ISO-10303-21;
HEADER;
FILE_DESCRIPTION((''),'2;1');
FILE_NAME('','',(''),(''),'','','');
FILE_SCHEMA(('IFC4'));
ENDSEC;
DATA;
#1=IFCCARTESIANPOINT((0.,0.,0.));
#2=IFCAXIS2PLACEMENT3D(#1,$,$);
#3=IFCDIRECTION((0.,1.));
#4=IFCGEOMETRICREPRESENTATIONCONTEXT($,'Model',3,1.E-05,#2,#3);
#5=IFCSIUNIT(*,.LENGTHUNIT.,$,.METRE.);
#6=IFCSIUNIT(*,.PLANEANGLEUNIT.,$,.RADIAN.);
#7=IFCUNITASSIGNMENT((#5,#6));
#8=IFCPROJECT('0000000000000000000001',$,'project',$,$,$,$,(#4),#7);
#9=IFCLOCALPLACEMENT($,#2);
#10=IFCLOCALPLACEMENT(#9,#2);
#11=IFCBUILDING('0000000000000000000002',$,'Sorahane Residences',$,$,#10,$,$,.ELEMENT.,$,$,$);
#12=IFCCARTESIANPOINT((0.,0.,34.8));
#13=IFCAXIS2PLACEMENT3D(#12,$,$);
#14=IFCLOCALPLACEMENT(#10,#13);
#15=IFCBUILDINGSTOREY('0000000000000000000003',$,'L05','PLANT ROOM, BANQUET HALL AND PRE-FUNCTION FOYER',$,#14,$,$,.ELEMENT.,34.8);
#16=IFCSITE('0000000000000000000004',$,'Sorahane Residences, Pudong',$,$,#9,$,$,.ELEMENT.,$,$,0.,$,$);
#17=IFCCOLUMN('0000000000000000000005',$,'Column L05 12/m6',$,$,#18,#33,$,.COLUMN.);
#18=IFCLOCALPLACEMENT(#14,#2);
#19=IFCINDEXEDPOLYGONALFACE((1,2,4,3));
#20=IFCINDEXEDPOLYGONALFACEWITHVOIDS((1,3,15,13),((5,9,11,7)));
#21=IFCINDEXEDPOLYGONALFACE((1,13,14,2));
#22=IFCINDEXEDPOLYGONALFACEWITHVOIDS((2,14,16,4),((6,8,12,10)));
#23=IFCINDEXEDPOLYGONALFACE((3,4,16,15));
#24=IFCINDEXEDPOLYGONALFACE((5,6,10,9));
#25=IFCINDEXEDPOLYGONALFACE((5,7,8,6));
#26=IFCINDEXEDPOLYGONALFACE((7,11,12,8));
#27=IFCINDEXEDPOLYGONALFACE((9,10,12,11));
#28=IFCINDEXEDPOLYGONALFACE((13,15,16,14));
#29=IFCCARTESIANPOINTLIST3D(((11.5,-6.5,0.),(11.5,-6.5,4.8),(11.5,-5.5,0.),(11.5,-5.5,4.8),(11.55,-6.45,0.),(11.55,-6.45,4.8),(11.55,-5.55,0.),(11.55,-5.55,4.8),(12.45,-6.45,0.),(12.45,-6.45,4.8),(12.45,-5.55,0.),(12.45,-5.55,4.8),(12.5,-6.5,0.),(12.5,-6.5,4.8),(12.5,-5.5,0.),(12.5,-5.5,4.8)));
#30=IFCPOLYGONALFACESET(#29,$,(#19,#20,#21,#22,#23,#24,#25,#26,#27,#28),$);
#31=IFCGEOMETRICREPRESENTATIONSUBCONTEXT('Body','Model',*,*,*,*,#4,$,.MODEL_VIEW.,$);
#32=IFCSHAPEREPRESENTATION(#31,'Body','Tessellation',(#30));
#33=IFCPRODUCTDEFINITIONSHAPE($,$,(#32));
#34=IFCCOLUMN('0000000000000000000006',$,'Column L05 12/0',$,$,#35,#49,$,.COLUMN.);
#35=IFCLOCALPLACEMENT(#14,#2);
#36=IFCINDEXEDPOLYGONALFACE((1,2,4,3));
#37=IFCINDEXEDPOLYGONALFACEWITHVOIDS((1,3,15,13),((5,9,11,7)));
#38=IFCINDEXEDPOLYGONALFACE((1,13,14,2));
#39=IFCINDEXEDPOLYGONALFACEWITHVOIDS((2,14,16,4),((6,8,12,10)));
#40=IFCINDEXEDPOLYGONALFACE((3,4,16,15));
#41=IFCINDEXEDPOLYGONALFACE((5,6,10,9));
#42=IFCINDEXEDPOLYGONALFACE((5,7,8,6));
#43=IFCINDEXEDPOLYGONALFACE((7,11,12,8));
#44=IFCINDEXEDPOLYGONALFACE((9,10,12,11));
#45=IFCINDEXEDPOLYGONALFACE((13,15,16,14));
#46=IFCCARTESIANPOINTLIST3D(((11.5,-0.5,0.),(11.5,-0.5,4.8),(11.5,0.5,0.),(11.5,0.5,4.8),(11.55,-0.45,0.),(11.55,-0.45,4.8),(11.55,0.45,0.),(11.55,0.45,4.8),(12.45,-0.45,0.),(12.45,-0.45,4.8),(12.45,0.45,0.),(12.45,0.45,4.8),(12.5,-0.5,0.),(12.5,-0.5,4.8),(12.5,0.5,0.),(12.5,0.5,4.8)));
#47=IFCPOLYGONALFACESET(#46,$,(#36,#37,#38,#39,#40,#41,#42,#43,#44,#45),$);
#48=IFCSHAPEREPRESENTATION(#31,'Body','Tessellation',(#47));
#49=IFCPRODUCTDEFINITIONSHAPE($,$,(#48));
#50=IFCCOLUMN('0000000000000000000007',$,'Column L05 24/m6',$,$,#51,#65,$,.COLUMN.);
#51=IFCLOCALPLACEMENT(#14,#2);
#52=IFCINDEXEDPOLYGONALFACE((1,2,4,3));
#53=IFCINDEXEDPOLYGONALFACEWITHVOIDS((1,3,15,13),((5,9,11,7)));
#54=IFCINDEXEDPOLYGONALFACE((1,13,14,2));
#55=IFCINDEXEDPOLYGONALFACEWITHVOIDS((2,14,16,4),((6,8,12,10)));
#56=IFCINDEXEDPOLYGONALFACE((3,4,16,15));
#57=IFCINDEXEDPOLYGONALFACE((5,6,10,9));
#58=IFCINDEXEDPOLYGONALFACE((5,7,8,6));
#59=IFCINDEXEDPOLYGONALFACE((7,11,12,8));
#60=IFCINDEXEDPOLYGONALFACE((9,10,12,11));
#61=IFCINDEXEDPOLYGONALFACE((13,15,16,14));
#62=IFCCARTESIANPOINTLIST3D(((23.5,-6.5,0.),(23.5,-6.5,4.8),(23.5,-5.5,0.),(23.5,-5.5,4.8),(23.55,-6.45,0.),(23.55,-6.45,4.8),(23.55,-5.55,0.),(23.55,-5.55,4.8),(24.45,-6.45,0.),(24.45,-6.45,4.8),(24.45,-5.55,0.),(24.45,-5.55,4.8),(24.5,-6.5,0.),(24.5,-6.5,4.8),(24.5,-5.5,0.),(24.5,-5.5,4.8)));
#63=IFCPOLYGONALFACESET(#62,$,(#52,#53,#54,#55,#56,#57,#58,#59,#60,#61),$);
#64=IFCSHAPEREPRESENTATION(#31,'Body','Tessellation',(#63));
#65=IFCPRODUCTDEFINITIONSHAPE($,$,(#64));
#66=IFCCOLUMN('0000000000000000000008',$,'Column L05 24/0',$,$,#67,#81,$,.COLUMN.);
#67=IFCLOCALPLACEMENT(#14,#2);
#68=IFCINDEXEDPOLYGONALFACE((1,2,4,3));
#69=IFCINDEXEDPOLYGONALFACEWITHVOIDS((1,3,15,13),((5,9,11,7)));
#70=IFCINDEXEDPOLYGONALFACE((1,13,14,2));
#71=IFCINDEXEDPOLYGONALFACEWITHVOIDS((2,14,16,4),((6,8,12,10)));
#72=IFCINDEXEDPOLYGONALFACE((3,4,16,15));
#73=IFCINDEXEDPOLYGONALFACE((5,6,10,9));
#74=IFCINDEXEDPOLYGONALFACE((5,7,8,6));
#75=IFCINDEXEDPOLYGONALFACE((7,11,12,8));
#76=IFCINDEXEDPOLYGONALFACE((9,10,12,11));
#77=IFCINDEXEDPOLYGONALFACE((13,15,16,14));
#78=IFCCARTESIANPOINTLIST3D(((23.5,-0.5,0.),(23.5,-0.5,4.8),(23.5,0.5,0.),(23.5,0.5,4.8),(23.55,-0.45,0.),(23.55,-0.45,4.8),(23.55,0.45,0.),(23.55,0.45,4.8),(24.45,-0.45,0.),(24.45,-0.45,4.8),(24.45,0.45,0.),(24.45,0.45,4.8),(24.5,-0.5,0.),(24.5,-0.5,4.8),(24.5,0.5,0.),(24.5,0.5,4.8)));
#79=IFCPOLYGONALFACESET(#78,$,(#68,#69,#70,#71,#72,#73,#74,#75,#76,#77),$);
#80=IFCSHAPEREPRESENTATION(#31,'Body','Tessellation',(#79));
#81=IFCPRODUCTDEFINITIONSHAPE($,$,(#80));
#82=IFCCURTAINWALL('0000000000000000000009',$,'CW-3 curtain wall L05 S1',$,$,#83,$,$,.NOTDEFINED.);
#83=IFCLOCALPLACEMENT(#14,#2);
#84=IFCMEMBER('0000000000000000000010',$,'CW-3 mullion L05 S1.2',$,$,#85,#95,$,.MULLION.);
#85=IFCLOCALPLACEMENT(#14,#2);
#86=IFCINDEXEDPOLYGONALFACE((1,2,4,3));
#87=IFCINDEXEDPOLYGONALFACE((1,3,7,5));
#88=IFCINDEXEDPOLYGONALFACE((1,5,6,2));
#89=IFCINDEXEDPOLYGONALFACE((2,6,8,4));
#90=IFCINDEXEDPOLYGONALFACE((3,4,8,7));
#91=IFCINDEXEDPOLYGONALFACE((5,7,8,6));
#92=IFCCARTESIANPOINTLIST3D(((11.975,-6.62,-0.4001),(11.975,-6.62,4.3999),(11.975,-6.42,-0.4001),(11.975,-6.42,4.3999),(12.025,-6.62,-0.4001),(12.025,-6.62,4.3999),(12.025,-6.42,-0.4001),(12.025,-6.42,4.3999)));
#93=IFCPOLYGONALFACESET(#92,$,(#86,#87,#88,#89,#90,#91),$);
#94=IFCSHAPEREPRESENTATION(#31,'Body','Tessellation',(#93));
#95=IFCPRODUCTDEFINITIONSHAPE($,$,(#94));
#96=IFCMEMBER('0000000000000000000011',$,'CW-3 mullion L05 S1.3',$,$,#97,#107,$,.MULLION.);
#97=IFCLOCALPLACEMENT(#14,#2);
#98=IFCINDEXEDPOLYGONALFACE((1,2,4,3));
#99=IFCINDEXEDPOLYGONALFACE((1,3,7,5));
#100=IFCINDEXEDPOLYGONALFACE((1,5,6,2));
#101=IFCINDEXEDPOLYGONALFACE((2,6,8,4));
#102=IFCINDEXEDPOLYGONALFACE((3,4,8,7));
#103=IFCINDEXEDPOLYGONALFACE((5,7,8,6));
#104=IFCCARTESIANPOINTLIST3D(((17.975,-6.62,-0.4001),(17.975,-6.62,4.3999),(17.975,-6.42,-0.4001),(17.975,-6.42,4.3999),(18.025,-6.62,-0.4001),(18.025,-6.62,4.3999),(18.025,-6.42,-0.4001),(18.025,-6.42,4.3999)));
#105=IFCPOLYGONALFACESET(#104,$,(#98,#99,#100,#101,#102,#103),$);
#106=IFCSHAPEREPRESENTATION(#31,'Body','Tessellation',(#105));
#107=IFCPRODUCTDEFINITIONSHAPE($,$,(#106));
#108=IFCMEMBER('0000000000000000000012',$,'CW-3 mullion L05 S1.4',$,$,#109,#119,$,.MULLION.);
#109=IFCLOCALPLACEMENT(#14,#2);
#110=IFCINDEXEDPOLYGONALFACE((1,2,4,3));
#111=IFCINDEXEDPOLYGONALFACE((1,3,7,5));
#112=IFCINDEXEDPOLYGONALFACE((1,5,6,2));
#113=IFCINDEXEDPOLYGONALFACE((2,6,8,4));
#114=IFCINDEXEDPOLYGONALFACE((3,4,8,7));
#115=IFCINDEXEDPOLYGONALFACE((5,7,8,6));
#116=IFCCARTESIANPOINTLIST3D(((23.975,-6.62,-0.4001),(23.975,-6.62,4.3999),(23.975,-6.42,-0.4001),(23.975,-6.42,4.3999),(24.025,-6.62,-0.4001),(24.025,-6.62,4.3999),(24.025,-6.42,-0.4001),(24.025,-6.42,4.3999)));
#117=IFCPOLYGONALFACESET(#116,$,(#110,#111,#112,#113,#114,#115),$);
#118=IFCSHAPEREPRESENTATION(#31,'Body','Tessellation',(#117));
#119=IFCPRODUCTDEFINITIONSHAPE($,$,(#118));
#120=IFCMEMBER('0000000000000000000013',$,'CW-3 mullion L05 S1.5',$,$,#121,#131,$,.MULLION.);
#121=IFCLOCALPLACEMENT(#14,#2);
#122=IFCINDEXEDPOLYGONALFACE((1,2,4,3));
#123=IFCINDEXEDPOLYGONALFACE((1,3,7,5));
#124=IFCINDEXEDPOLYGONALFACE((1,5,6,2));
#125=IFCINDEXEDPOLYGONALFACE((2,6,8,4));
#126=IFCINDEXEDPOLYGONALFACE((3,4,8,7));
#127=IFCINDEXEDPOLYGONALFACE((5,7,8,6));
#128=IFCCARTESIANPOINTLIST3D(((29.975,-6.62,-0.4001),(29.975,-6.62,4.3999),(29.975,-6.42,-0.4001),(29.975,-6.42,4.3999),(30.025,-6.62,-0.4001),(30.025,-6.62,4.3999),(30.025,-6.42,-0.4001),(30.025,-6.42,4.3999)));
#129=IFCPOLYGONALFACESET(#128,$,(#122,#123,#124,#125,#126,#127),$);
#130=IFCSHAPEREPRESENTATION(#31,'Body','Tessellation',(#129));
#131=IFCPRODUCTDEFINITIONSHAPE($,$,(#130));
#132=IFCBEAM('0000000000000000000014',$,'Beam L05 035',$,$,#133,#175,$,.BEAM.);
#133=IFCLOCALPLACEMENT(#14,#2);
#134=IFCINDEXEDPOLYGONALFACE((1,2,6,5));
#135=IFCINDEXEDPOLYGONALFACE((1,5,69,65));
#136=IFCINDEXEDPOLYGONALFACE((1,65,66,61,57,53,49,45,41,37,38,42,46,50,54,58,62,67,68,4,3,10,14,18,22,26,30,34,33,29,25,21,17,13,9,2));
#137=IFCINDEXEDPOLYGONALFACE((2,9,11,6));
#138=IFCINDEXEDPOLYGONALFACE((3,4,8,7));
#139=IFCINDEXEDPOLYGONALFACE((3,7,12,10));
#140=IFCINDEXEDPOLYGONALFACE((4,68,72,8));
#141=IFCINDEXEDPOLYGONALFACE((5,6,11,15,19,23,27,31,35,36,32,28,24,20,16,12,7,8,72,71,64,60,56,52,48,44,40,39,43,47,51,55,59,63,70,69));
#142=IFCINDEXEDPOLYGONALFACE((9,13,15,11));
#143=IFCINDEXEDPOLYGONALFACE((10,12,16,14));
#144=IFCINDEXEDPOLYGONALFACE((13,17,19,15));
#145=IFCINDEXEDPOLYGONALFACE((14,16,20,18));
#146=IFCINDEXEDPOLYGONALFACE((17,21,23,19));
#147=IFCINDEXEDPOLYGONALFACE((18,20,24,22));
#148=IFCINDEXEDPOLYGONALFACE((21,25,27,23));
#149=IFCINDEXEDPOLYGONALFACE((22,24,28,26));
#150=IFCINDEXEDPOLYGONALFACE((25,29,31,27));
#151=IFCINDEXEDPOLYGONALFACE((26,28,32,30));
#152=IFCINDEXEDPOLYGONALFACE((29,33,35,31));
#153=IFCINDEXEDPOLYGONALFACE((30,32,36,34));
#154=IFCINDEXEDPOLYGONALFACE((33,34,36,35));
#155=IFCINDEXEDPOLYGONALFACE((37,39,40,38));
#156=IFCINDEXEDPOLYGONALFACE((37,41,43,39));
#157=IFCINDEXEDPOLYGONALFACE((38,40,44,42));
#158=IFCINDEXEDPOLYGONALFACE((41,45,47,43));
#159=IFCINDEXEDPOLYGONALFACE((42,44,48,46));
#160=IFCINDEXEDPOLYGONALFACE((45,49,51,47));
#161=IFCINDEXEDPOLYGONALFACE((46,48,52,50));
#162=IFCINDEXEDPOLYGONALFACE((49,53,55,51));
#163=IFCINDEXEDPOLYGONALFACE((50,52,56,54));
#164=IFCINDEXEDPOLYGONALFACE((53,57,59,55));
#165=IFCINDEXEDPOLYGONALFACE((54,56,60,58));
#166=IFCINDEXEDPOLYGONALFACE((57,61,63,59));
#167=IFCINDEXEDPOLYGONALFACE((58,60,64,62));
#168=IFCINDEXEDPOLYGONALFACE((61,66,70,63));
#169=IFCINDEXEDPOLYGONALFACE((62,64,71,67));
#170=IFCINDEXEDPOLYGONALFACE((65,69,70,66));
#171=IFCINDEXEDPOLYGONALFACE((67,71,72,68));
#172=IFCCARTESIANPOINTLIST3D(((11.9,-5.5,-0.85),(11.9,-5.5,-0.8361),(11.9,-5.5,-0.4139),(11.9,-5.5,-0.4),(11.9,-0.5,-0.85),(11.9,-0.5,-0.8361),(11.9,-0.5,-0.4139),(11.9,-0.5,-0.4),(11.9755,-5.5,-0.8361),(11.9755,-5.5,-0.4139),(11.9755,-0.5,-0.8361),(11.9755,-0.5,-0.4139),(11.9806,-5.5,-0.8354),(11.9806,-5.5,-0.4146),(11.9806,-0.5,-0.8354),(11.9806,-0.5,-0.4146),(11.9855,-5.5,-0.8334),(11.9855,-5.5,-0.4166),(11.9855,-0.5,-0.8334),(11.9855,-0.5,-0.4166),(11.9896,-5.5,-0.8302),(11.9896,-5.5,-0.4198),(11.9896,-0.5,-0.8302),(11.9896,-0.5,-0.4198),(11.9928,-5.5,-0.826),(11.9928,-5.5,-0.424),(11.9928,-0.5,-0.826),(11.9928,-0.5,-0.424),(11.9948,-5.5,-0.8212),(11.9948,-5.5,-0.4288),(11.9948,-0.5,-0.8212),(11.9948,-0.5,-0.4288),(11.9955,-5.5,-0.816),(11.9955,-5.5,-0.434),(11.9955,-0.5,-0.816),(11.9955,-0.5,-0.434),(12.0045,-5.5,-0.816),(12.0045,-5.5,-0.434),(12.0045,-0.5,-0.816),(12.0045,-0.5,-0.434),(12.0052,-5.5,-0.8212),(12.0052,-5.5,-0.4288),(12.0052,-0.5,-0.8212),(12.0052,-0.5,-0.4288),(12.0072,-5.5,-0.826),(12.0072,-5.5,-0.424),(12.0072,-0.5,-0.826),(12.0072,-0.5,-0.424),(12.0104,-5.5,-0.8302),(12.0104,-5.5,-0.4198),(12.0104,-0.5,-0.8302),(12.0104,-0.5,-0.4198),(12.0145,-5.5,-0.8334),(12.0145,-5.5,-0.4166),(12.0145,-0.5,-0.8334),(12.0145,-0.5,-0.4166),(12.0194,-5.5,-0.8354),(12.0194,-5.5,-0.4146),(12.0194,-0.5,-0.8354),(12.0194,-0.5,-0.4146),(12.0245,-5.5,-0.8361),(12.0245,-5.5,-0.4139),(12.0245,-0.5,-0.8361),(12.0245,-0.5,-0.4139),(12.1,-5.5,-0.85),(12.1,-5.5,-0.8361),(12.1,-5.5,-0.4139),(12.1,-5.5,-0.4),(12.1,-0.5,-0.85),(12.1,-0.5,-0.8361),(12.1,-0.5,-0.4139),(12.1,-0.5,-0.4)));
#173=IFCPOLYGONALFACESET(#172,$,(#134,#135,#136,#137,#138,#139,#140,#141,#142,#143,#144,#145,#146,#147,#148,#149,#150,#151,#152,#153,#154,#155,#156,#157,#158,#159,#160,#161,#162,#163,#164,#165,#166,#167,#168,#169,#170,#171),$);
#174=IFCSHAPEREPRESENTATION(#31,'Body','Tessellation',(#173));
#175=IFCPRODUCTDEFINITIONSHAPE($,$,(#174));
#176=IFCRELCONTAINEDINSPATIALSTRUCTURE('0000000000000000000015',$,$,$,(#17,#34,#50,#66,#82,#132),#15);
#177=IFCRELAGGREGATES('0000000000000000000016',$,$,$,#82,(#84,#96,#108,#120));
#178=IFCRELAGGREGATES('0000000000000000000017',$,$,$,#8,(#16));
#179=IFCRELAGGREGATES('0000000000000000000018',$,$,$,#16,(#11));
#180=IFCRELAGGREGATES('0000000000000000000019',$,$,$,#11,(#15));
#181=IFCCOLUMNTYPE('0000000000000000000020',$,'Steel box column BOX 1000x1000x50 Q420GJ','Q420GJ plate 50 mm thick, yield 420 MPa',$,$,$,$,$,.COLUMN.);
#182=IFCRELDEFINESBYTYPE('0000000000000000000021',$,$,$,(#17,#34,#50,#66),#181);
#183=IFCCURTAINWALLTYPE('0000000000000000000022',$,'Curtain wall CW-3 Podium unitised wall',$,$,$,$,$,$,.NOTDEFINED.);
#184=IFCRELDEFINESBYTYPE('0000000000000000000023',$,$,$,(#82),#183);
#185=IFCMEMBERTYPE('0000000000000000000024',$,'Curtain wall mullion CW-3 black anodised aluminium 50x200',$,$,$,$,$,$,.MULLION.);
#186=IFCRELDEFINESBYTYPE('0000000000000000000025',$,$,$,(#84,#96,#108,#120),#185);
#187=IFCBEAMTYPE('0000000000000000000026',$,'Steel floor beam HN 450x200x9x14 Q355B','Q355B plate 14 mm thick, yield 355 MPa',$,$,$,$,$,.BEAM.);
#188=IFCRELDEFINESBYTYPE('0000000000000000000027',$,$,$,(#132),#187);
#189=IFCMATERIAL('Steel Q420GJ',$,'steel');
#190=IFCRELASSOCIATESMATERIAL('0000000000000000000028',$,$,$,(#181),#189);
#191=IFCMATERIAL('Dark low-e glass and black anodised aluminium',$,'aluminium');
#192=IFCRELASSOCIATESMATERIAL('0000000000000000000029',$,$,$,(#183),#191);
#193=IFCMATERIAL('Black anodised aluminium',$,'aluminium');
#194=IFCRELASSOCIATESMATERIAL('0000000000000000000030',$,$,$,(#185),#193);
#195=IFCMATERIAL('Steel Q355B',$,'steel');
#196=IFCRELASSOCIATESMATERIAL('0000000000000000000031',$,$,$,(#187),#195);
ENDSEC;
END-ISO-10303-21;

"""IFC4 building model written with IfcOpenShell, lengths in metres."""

from ifc_helpers import new_model, si_unit, direction, frame, origin, origin_2d, place, context, subcontext, project, spatial, rectangle, hollow_rectangle, i_section, extrude, material, material_profile, profile_set, type_object, element, aggregate, save


model = new_model("IFC4")

# Units and contexts
model_context = context("Model", 3, precision=1e-05, world=origin(), true_north=direction((0.0, 1.0)))
body_context = subcontext(model_context, "Body", "Model", "MODEL_VIEW")
ifc_project = project(units=[si_unit("LENGTHUNIT", "METRE"), si_unit("PLANEANGLEUNIT", "RADIAN")], contexts=[model_context])

# Site, building, storey
site_placement = place(None, origin())
site = spatial("IfcSite", under=ifc_project, at=site_placement, Name="Sorahane Residences, Pudong", CompositionType="ELEMENT", RefElevation=0.0)
building_placement = place(site_placement, origin())
building = spatial("IfcBuilding", under=site, at=building_placement, Name="Sorahane Residences", CompositionType="ELEMENT")
storey_placement = place(building_placement, frame((0.0, 0.0, 34.8)))
storey = spatial("IfcBuildingStorey", under=building, at=storey_placement, Name="L05", Description="PLANT ROOM, BANQUET HALL AND PRE-FUNCTION FOYER", CompositionType="ELEMENT", Elevation=34.8)

# Columns
ifc_material_1 = material(Name="Steel Q420GJ", Category="steel")
ifc_material_profile_1 = material_profile(ifc_material_1, hollow_rectangle(XDim=1.0, YDim=1.0, WallThickness=0.05, at=origin_2d()), Name="BOX 1000x1000x50")
ifc_profile_set_1 = profile_set([ifc_material_profile_1], Name="Steel Q420GJ")
column_type = type_object("IfcColumnType", Name="Steel box column BOX 1000x1000x50 Q420GJ", Description="Q420GJ plate 50 mm thick, yield 420 MPa", PredefinedType="COLUMN", material=ifc_profile_set_1)
for number, where, z_axis, x_axis, name in (
    (1, (12.0, -6.0, 0.0), (0.0, 0.0, 1.0), (1.0, 0.0, 0.0), "Column L05 12/m6"),
    (2, (12.0, 0.0, 0.0), (0.0, 0.0, 1.0), (1.0, 0.0, 0.0), "Column L05 12/0"),
    (3, (24.0, -6.0, 0.0), (0.0, 0.0, 1.0), (1.0, 0.0, 0.0), "Column L05 24/m6"),
    (4, (24.0, 0.0, 0.0), (0.0, 0.0, 1.0), (1.0, 0.0, 0.0), "Column L05 24/0"),
):
    element("IfcColumn", number, at=place(storey_placement, frame(where, z_axis=z_axis, x_axis=x_axis)), inside=storey, type_object=column_type, Name=name, PredefinedType="COLUMN", context=body_context, shape_type="SweptSolid", body=[
        extrude(hollow_rectangle(XDim=1.0, YDim=1.0, WallThickness=0.05, at=origin_2d()), origin(), (0.0, 0.0, 1.0), 4.8),
    ])

# Curtain wall, members
ifc_material_2 = material(Name="Dark low-e glass and black anodised aluminium", Category="aluminium")
curtain_wall_type = type_object("IfcCurtainWallType", Name="Curtain wall CW-3 Podium unitised wall", PredefinedType="NOTDEFINED", material=ifc_material_2)
curtain_wall_placement = place(storey_placement, origin())
curtain_wall = element("IfcCurtainWall", 5, at=curtain_wall_placement, inside=storey, type_object=curtain_wall_type, Name="CW-3 curtain wall L05 S1", PredefinedType="NOTDEFINED")
ifc_material_3 = material(Name="Black anodised aluminium", Category="aluminium")
ifc_material_profile_2 = material_profile(ifc_material_3, rectangle(XDim=0.2, YDim=0.05, at=origin_2d()), Name="Curtain wall mullion CW-3 black anodised aluminium 50x200")
ifc_profile_set_2 = profile_set([ifc_material_profile_2], Name="Black anodised aluminium")
member_type = type_object("IfcMemberType", Name="Curtain wall mullion CW-3 black anodised aluminium 50x200", PredefinedType="MULLION", material=ifc_profile_set_2)
member_1_placement = place(storey_placement, frame((12.0, -6.52, -0.4001), z_axis=(0.0, 0.0, 1.0), x_axis=(0.0, -1.0, 0.0)))
member_1 = element("IfcMember", 6, at=member_1_placement, type_object=member_type, Name="CW-3 mullion L05 S1.2", PredefinedType="MULLION", context=body_context, shape_type="SweptSolid", body=[
    extrude(rectangle(XDim=0.2, YDim=0.05, at=origin_2d()), origin(), (0.0, 0.0, 1.0), 4.8),
])
member_2_placement = place(storey_placement, frame((18.0, -6.52, -0.4001), z_axis=(0.0, 0.0, 1.0), x_axis=(0.0, -1.0, 0.0)))
member_2 = element("IfcMember", 7, at=member_2_placement, type_object=member_type, Name="CW-3 mullion L05 S1.3", PredefinedType="MULLION", context=body_context, shape_type="SweptSolid", body=[
    extrude(rectangle(XDim=0.2, YDim=0.05, at=origin_2d()), origin(), (0.0, 0.0, 1.0), 4.8),
])
member_3_placement = place(storey_placement, frame((24.0, -6.52, -0.4001), z_axis=(0.0, 0.0, 1.0), x_axis=(0.0, -1.0, 0.0)))
member_3 = element("IfcMember", 8, at=member_3_placement, type_object=member_type, Name="CW-3 mullion L05 S1.4", PredefinedType="MULLION", context=body_context, shape_type="SweptSolid", body=[
    extrude(rectangle(XDim=0.2, YDim=0.05, at=origin_2d()), origin(), (0.0, 0.0, 1.0), 4.8),
])
member_4_placement = place(storey_placement, frame((30.0, -6.52, -0.4001), z_axis=(0.0, 0.0, 1.0), x_axis=(0.0, -1.0, 0.0)))
member_4 = element("IfcMember", 9, at=member_4_placement, type_object=member_type, Name="CW-3 mullion L05 S1.5", PredefinedType="MULLION", context=body_context, shape_type="SweptSolid", body=[
    extrude(rectangle(XDim=0.2, YDim=0.05, at=origin_2d()), origin(), (0.0, 0.0, 1.0), 4.8),
])

# Beam
ifc_material_4 = material(Name="Steel Q355B", Category="steel")
ifc_material_profile_3 = material_profile(ifc_material_4, i_section(OverallWidth=0.2, OverallDepth=0.45, WebThickness=0.009, FlangeThickness=0.0139, FilletRadius=0.02, at=origin_2d()), Name="HN 450x200x9x14")
ifc_profile_set_3 = profile_set([ifc_material_profile_3], Name="Steel Q355B")
beam_type_1 = type_object("IfcBeamType", Name="Steel floor beam HN 450x200x9x14 Q355B", Description="Q355B plate 14 mm thick, yield 355 MPa", PredefinedType="BEAM", material=ifc_profile_set_3)
for number, where, z_axis, x_axis, name in (
    (10, (12.0, -5.5, -0.625), (0.0, 1.0, 0.0), (-1.0, 0.0, 0.0), "Beam L05 035"),
):
    element("IfcBeam", number, at=place(storey_placement, frame(where, z_axis=z_axis, x_axis=x_axis)), inside=storey, type_object=beam_type_1, Name=name, PredefinedType="BEAM", context=body_context, shape_type="SweptSolid", body=[
        extrude(i_section(OverallWidth=0.2, OverallDepth=0.45, WebThickness=0.009, FlangeThickness=0.0139, FilletRadius=0.02, at=origin_2d()), origin(), (0.0, 0.0, 1.0), 5.0),
    ])

aggregate(curtain_wall, [member_1, member_2, member_3, member_4])

save(model, "model.ifc")
